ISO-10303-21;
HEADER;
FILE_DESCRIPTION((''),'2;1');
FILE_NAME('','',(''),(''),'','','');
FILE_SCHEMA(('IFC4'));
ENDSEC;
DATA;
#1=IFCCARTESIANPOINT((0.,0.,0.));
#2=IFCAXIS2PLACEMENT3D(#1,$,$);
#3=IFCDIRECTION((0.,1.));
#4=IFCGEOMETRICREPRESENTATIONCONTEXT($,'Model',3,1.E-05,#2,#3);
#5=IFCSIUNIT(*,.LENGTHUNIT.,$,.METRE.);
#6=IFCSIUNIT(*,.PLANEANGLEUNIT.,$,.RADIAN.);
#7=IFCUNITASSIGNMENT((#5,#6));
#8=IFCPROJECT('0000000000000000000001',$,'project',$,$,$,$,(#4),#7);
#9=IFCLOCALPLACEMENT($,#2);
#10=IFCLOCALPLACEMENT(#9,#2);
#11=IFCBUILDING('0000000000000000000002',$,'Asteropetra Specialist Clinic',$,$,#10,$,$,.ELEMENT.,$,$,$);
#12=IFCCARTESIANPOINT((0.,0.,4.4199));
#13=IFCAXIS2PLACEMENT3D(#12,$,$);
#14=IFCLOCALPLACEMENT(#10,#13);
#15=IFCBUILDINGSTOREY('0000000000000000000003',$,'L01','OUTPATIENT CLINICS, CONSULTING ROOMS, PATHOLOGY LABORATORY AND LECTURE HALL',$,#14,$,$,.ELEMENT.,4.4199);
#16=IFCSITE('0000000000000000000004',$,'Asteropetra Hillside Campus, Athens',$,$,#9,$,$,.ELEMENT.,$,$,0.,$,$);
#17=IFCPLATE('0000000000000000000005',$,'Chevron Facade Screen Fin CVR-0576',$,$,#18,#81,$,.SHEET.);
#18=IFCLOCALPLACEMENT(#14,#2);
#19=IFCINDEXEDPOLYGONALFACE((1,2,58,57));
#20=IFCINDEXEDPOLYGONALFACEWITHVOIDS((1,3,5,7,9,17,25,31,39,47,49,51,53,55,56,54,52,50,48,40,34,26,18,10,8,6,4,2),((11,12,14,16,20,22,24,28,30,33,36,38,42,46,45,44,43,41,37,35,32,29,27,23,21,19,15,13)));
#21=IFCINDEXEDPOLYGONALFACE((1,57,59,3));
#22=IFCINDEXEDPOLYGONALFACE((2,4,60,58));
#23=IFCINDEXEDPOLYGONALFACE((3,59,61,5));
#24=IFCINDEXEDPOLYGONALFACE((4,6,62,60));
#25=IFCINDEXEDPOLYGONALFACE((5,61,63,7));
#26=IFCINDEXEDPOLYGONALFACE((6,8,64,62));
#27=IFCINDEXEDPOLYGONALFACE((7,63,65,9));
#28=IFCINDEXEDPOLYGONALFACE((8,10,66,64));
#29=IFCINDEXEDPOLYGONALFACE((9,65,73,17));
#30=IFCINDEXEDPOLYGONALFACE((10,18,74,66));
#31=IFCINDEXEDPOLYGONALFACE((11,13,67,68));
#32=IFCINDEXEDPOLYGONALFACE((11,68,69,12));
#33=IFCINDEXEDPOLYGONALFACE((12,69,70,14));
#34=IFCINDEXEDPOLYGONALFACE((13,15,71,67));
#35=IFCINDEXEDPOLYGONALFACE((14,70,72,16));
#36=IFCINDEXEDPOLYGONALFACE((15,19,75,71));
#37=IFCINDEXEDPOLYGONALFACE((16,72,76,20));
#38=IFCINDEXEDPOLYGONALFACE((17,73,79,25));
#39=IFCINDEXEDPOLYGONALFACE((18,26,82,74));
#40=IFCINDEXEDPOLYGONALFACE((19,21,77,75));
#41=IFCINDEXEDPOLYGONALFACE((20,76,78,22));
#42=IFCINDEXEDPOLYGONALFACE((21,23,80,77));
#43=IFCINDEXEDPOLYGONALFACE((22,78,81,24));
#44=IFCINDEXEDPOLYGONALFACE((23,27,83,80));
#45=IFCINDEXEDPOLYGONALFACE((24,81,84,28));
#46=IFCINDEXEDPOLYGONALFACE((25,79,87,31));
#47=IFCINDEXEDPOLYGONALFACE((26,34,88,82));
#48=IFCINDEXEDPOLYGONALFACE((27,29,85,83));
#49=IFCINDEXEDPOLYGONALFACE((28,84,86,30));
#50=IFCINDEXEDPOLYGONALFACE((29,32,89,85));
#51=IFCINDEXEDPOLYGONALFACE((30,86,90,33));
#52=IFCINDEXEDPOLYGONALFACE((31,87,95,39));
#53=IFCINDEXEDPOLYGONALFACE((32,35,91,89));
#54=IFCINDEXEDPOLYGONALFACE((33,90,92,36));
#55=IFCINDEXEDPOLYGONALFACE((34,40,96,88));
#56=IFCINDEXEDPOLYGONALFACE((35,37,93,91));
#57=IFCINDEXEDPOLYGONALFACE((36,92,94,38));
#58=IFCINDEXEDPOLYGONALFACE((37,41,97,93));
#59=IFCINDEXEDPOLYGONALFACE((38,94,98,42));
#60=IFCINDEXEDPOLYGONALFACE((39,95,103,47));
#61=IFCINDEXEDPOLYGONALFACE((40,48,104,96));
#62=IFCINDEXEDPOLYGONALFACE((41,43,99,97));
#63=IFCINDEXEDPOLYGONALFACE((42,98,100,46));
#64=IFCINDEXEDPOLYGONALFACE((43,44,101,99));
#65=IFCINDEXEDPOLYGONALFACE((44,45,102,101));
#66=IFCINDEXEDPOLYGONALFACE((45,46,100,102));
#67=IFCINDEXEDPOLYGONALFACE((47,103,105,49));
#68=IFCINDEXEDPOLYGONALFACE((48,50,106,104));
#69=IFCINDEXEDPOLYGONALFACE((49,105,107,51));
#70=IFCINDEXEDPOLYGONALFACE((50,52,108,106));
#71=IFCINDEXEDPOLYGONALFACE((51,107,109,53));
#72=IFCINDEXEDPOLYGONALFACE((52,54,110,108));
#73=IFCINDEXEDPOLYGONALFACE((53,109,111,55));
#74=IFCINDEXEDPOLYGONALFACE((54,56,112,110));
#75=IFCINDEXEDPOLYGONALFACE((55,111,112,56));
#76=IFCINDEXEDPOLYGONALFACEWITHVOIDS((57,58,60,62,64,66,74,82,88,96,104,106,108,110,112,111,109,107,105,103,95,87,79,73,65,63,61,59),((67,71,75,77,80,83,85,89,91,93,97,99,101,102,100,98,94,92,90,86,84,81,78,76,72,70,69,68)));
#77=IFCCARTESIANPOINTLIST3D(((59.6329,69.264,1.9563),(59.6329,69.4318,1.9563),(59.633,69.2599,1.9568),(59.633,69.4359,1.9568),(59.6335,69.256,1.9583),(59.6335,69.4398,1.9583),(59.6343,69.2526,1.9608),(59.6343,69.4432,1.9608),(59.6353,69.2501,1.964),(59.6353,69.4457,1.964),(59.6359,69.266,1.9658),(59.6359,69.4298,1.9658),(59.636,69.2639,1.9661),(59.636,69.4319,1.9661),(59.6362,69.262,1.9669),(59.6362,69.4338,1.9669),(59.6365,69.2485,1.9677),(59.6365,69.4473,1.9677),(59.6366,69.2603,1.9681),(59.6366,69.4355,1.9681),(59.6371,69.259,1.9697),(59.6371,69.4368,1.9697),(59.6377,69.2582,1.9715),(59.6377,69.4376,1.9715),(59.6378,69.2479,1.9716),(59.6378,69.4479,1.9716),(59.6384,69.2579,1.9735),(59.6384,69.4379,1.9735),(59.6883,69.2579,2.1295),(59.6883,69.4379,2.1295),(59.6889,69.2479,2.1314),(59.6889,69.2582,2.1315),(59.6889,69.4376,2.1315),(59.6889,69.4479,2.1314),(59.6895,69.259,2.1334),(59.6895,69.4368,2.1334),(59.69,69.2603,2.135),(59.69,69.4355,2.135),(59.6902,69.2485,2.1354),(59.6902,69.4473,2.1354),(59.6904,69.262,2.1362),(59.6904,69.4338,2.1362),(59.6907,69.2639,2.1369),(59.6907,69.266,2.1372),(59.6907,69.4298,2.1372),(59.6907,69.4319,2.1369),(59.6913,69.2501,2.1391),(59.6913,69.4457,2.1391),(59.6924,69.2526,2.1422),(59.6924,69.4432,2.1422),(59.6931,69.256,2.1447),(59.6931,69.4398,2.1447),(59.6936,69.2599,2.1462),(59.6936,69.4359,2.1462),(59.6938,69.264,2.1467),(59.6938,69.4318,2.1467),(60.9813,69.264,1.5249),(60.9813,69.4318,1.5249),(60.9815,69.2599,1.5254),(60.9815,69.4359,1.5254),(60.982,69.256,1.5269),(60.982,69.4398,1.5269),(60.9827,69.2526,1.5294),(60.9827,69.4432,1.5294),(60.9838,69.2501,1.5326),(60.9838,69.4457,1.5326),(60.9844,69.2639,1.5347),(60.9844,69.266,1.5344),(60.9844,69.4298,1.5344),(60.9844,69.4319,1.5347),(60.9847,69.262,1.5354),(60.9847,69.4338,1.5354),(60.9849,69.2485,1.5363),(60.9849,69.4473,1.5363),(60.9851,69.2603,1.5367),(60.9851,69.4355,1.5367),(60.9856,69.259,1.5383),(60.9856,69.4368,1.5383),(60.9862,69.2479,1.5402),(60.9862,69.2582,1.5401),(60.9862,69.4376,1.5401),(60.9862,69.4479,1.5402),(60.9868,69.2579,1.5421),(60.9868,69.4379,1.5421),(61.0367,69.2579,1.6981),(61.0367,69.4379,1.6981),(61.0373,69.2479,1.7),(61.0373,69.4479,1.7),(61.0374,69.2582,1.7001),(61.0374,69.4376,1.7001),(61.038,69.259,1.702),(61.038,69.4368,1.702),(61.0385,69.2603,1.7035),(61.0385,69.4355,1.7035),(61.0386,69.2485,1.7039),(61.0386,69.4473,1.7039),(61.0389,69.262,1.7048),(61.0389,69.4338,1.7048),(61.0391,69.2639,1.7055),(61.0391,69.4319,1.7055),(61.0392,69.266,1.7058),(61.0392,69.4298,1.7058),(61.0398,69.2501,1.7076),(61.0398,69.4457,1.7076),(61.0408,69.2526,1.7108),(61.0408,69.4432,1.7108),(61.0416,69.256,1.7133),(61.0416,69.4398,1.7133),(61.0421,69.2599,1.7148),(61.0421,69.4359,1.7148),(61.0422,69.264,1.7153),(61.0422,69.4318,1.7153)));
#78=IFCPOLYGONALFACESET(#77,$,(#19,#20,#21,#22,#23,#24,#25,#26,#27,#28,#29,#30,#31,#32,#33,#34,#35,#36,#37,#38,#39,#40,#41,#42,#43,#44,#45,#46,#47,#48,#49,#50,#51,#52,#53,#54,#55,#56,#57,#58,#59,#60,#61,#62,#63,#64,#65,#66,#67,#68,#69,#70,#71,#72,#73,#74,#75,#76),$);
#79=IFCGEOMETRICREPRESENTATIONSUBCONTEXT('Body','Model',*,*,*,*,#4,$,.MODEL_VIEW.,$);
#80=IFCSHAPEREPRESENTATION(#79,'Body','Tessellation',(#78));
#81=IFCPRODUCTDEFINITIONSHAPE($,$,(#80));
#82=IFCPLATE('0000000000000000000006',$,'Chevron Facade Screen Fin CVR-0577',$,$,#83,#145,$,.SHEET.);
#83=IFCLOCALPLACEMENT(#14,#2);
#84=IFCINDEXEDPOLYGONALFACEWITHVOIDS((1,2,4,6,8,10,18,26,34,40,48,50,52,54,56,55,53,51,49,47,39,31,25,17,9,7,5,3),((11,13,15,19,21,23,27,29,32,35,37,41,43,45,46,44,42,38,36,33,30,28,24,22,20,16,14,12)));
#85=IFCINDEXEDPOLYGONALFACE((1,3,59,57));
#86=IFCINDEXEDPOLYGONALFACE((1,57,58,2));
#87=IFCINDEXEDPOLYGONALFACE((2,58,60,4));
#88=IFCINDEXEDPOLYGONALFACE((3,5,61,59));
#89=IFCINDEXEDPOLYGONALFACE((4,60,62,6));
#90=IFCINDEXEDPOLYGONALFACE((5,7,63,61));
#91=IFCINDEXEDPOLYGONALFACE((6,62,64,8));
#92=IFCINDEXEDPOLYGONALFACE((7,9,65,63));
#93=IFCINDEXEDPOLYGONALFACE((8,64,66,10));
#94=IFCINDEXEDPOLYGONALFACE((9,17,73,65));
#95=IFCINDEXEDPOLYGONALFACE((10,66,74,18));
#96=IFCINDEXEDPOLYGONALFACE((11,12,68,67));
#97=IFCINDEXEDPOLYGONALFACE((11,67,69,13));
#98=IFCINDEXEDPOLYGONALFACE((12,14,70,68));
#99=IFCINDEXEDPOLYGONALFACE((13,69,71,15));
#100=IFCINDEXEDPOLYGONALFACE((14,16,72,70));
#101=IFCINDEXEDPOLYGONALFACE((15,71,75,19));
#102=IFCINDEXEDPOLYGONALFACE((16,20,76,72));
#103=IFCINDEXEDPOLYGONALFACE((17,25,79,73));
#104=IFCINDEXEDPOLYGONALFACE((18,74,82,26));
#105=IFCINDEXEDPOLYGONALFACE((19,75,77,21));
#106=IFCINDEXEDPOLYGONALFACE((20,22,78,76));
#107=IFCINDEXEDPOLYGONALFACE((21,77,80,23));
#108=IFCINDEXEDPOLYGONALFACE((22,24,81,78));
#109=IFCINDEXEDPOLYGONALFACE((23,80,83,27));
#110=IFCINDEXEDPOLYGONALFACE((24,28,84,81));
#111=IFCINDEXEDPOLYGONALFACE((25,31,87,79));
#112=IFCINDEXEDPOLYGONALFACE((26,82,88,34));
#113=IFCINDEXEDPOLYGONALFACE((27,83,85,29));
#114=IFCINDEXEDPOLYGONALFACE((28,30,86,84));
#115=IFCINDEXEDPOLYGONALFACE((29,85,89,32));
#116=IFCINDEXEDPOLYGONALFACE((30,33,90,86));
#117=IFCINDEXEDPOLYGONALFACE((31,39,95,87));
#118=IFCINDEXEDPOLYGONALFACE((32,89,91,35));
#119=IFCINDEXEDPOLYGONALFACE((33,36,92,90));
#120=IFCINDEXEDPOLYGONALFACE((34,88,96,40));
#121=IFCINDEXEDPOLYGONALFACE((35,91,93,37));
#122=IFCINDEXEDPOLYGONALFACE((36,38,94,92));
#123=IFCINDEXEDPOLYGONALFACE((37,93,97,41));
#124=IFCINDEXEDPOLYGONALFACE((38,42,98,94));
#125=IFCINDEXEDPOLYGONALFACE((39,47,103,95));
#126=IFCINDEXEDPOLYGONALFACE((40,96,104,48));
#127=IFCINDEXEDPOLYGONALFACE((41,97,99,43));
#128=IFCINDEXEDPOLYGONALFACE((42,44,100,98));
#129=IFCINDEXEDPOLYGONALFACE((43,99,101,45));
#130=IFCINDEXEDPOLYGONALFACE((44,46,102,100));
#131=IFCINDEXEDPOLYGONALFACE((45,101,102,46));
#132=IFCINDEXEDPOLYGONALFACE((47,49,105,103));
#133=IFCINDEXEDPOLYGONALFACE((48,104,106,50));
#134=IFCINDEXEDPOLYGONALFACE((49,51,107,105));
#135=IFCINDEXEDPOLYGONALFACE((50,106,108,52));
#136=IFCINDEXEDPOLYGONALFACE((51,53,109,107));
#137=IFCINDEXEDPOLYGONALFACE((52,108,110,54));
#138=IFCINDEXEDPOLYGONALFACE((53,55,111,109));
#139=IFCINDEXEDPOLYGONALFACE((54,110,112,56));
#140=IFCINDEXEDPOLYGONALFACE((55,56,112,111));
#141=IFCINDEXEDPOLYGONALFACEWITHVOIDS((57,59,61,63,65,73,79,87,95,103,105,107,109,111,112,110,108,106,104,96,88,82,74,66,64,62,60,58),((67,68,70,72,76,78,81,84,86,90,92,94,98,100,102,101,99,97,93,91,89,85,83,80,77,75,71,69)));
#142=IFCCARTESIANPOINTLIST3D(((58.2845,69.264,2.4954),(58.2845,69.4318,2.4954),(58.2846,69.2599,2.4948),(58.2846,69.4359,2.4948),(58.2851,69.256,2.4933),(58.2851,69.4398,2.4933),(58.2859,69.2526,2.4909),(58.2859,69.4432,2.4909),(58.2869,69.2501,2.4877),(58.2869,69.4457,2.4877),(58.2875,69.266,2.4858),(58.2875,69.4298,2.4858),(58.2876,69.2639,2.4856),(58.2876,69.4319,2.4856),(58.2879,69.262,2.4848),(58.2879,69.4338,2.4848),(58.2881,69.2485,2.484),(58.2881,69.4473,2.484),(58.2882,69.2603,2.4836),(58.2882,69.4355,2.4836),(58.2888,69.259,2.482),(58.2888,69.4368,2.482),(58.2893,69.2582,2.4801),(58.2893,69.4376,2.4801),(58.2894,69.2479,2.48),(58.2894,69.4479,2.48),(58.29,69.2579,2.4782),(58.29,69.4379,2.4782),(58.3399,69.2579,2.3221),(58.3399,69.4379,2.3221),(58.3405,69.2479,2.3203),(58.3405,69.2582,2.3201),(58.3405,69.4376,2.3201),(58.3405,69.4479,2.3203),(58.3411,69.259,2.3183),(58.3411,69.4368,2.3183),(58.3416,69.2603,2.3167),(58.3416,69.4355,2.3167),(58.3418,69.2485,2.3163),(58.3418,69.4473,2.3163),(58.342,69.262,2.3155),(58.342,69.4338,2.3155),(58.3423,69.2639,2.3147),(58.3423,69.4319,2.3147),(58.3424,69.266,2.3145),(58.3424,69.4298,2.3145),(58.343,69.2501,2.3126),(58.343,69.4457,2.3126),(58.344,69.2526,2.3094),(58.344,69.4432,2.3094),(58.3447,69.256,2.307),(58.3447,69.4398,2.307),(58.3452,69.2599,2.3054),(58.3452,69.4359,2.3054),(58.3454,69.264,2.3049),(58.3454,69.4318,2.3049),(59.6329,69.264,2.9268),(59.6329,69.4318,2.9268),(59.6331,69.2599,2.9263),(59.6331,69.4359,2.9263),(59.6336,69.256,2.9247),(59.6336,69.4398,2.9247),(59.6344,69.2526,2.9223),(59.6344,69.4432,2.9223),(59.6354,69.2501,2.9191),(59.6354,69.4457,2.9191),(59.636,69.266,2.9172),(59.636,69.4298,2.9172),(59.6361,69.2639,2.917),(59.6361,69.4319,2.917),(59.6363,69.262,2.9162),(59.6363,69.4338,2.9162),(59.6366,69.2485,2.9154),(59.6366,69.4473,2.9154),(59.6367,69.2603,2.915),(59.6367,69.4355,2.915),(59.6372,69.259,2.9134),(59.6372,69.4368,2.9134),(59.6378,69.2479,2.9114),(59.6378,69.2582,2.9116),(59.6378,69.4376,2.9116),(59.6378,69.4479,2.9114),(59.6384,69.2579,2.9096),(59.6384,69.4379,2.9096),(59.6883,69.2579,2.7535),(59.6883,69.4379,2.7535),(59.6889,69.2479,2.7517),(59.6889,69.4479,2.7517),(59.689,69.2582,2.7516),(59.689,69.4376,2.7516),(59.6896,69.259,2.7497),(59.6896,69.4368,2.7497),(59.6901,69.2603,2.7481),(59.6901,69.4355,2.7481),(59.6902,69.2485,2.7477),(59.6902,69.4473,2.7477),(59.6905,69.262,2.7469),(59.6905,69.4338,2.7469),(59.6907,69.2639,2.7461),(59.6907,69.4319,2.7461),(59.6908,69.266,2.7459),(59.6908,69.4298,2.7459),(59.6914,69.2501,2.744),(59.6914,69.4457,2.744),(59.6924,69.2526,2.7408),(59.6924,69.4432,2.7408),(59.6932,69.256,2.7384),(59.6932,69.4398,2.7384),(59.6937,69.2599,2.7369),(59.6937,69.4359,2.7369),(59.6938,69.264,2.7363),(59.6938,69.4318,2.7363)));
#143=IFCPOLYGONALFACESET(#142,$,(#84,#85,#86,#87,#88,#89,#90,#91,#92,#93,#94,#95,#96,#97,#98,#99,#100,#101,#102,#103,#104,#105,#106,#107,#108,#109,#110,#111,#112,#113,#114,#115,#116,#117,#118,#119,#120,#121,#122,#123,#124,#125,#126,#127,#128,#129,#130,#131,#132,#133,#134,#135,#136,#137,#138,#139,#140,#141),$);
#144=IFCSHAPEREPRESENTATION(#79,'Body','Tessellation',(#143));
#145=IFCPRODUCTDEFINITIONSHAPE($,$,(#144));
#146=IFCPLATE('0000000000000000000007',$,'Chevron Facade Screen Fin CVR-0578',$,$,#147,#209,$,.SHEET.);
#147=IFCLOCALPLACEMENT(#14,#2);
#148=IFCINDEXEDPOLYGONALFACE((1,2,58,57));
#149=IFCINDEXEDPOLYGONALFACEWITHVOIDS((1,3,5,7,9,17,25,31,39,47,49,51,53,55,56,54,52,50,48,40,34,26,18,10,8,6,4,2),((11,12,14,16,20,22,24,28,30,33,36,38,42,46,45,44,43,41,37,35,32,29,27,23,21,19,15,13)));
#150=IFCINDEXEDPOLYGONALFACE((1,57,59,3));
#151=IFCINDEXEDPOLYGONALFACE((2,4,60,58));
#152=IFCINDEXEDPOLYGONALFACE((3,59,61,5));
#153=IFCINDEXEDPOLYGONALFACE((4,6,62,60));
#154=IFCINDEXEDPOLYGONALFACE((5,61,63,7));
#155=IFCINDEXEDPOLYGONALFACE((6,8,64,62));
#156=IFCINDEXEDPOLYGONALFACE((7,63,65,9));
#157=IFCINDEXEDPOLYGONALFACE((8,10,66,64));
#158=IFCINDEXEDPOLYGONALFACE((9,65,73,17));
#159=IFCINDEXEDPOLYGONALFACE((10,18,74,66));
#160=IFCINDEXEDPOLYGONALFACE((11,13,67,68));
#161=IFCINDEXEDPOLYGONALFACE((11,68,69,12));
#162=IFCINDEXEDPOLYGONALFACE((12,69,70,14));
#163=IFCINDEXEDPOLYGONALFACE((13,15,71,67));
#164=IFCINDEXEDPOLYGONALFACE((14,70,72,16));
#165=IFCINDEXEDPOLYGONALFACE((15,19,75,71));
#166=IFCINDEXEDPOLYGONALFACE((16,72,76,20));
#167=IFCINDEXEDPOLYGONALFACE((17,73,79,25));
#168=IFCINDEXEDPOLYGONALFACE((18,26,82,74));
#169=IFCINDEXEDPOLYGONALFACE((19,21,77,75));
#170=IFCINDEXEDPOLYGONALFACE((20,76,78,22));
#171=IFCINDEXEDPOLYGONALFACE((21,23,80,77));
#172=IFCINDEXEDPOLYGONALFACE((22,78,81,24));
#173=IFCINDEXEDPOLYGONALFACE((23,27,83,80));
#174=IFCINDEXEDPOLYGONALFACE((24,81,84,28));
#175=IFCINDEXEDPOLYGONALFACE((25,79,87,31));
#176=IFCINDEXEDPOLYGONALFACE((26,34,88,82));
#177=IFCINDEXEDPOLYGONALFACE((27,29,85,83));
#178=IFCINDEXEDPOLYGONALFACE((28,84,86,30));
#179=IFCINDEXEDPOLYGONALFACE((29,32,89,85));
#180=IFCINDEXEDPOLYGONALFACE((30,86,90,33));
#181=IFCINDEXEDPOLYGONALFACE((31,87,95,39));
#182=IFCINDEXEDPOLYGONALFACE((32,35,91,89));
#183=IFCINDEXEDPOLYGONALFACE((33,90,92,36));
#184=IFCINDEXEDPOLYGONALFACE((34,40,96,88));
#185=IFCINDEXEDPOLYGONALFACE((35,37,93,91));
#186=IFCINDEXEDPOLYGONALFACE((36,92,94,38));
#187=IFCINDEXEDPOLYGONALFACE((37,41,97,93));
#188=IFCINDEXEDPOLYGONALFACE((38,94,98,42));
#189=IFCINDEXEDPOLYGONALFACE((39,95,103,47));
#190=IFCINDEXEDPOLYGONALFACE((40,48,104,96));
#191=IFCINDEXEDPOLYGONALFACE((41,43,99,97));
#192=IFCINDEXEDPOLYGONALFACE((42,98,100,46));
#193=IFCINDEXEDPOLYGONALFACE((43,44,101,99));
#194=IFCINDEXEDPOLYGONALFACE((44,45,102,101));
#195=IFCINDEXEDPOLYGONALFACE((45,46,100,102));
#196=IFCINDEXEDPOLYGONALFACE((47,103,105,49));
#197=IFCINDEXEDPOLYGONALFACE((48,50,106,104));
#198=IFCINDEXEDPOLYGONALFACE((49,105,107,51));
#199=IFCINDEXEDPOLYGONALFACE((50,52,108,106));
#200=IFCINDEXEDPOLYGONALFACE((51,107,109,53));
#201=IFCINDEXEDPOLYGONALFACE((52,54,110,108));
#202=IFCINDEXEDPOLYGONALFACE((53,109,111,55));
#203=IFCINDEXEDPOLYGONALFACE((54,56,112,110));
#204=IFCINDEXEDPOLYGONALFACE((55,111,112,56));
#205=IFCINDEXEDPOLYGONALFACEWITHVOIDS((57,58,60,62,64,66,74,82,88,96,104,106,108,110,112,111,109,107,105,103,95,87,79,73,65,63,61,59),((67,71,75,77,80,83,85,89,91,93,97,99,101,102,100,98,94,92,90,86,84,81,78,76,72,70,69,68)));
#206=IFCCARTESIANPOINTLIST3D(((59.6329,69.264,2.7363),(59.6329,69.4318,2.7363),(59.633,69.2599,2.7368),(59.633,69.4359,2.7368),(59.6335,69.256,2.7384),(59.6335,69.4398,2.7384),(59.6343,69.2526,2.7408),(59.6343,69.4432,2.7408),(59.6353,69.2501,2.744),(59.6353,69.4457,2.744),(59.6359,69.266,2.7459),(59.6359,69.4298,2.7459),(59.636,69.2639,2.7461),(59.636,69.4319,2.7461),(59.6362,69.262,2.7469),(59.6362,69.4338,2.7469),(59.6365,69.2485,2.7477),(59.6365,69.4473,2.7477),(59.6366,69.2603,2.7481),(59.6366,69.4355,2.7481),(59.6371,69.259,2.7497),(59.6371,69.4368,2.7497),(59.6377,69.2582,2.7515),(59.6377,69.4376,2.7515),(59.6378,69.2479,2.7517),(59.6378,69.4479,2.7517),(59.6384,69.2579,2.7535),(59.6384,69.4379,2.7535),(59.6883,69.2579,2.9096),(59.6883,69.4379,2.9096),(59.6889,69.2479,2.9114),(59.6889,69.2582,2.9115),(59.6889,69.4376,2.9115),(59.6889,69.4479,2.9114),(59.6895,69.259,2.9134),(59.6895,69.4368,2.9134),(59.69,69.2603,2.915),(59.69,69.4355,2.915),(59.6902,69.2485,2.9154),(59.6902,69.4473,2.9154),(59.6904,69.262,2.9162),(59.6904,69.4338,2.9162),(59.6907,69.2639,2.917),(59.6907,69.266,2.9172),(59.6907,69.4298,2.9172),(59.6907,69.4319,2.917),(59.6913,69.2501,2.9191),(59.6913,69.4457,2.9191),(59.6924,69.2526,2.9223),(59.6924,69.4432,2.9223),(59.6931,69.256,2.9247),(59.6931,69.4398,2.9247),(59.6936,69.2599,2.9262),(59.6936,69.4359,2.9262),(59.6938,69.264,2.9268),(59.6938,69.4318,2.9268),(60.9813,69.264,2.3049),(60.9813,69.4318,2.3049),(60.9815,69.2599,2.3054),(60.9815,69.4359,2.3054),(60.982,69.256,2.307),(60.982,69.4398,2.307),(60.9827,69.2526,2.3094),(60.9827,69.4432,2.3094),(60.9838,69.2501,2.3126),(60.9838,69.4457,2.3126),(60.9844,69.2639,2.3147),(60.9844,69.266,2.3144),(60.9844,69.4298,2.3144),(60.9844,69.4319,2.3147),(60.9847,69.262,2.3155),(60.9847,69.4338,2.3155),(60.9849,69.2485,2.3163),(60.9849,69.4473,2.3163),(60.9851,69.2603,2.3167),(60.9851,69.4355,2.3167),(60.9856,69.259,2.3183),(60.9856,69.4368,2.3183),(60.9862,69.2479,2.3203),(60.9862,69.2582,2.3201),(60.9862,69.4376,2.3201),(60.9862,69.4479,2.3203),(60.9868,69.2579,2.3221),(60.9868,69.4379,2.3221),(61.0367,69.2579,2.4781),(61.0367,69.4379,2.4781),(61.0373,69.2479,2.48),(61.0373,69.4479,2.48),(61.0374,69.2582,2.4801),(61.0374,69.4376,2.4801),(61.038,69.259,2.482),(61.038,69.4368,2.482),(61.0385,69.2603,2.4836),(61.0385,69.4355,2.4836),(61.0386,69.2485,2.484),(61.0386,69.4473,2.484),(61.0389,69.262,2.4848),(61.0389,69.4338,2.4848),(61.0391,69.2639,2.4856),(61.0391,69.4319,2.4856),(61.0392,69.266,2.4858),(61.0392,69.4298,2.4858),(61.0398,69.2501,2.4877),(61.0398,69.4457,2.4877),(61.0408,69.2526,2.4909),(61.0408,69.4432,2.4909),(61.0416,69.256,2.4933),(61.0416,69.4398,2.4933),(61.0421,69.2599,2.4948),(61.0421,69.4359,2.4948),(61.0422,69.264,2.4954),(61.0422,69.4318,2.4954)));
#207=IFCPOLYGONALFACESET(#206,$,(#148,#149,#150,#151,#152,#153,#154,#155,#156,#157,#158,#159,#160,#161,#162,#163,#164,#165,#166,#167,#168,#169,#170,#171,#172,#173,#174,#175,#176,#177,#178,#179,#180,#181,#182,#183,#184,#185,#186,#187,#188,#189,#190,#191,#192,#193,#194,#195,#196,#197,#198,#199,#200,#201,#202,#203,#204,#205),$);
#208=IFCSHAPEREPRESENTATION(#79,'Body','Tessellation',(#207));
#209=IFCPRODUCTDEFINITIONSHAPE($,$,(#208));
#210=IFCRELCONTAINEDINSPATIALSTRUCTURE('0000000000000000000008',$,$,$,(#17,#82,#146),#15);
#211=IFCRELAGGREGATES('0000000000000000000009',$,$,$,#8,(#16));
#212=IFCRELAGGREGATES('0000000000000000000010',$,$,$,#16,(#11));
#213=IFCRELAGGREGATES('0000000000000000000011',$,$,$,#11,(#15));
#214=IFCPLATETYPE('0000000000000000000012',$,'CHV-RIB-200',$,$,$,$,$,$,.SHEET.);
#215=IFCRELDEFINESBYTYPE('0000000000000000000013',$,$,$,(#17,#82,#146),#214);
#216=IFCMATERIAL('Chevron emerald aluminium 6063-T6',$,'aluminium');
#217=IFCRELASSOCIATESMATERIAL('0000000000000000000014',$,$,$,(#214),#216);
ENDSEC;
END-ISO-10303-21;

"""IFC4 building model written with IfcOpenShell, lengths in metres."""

from ifc_helpers import new_model, si_unit, direction, frame, origin, origin_2d, place, context, subcontext, project, spatial, hollow_rectangle, extrude, material, material_profile, profile_set, type_object, element, save


model = new_model("IFC4")

# Units and contexts
model_context = context("Model", 3, precision=1e-05, world=origin(), true_north=direction((0.0, 1.0)))
body_context = subcontext(model_context, "Body", "Model", "MODEL_VIEW")
ifc_project = project(units=[si_unit("LENGTHUNIT", "METRE"), si_unit("PLANEANGLEUNIT", "RADIAN")], contexts=[model_context])

# Site, building, storey
site_placement = place(None, origin())
site = spatial("IfcSite", under=ifc_project, at=site_placement, Name="Asteropetra Hillside Campus, Athens", CompositionType="ELEMENT", RefElevation=0.0)
building_placement = place(site_placement, origin())
building = spatial("IfcBuilding", under=site, at=building_placement, Name="Asteropetra Specialist Clinic", CompositionType="ELEMENT")
storey_placement = place(building_placement, frame((0.0, 0.0, 4.4199)))
storey = spatial("IfcBuildingStorey", under=building, at=storey_placement, Name="L01", Description="OUTPATIENT CLINICS, CONSULTING ROOMS, PATHOLOGY LABORATORY AND LECTURE HALL", CompositionType="ELEMENT", Elevation=4.4199)

# Plates
ifc_material_1 = material(Name="Chevron emerald aluminium 6063-T6", Category="aluminium")
ifc_material_profile_1 = material_profile(ifc_material_1, hollow_rectangle(XDim=0.2, YDim=0.2, WallThickness=0.01, InnerFilletRadius=0.0081, OuterFilletRadius=0.0161, at=origin_2d()), Name="SHS 200x200x10.0")
ifc_profile_set_1 = profile_set([ifc_material_profile_1], Name="Chevron emerald aluminium 6063-T6")
plate_type_1 = type_object("IfcPlateType", Name="CHV-RIB-200", PredefinedType="SHEET", material=ifc_profile_set_1)
for number, where, z_axis, x_axis, name in (
    (1, (59.6633, 69.3479, 2.0515), (0.952442, 0.0, -0.304719), (0.0, 1.0, 0.0), "Chevron Facade Screen Fin CVR-0576"),
    (2, (58.3149, 69.3479, 2.4001), (0.952442, 0.0, 0.304719), (0.0, 1.0, 0.0), "Chevron Facade Screen Fin CVR-0577"),
    (3, (59.6633, 69.3479, 2.8315), (0.952442, 0.0, -0.304719), (0.0, 1.0, 0.0), "Chevron Facade Screen Fin CVR-0578"),
):
    element("IfcPlate", number, at=place(storey_placement, frame(where, z_axis=z_axis, x_axis=x_axis)), inside=storey, type_object=plate_type_1, Name=name, PredefinedType="SHEET", context=body_context, shape_type="SweptSolid", body=[
        extrude(hollow_rectangle(XDim=0.2, YDim=0.2, WallThickness=0.01, InnerFilletRadius=0.0081, OuterFilletRadius=0.0161, at=origin_2d()), origin(), (0.0, 0.0, 1.0), 1.4158),
    ])

save(model, "model.ifc")
